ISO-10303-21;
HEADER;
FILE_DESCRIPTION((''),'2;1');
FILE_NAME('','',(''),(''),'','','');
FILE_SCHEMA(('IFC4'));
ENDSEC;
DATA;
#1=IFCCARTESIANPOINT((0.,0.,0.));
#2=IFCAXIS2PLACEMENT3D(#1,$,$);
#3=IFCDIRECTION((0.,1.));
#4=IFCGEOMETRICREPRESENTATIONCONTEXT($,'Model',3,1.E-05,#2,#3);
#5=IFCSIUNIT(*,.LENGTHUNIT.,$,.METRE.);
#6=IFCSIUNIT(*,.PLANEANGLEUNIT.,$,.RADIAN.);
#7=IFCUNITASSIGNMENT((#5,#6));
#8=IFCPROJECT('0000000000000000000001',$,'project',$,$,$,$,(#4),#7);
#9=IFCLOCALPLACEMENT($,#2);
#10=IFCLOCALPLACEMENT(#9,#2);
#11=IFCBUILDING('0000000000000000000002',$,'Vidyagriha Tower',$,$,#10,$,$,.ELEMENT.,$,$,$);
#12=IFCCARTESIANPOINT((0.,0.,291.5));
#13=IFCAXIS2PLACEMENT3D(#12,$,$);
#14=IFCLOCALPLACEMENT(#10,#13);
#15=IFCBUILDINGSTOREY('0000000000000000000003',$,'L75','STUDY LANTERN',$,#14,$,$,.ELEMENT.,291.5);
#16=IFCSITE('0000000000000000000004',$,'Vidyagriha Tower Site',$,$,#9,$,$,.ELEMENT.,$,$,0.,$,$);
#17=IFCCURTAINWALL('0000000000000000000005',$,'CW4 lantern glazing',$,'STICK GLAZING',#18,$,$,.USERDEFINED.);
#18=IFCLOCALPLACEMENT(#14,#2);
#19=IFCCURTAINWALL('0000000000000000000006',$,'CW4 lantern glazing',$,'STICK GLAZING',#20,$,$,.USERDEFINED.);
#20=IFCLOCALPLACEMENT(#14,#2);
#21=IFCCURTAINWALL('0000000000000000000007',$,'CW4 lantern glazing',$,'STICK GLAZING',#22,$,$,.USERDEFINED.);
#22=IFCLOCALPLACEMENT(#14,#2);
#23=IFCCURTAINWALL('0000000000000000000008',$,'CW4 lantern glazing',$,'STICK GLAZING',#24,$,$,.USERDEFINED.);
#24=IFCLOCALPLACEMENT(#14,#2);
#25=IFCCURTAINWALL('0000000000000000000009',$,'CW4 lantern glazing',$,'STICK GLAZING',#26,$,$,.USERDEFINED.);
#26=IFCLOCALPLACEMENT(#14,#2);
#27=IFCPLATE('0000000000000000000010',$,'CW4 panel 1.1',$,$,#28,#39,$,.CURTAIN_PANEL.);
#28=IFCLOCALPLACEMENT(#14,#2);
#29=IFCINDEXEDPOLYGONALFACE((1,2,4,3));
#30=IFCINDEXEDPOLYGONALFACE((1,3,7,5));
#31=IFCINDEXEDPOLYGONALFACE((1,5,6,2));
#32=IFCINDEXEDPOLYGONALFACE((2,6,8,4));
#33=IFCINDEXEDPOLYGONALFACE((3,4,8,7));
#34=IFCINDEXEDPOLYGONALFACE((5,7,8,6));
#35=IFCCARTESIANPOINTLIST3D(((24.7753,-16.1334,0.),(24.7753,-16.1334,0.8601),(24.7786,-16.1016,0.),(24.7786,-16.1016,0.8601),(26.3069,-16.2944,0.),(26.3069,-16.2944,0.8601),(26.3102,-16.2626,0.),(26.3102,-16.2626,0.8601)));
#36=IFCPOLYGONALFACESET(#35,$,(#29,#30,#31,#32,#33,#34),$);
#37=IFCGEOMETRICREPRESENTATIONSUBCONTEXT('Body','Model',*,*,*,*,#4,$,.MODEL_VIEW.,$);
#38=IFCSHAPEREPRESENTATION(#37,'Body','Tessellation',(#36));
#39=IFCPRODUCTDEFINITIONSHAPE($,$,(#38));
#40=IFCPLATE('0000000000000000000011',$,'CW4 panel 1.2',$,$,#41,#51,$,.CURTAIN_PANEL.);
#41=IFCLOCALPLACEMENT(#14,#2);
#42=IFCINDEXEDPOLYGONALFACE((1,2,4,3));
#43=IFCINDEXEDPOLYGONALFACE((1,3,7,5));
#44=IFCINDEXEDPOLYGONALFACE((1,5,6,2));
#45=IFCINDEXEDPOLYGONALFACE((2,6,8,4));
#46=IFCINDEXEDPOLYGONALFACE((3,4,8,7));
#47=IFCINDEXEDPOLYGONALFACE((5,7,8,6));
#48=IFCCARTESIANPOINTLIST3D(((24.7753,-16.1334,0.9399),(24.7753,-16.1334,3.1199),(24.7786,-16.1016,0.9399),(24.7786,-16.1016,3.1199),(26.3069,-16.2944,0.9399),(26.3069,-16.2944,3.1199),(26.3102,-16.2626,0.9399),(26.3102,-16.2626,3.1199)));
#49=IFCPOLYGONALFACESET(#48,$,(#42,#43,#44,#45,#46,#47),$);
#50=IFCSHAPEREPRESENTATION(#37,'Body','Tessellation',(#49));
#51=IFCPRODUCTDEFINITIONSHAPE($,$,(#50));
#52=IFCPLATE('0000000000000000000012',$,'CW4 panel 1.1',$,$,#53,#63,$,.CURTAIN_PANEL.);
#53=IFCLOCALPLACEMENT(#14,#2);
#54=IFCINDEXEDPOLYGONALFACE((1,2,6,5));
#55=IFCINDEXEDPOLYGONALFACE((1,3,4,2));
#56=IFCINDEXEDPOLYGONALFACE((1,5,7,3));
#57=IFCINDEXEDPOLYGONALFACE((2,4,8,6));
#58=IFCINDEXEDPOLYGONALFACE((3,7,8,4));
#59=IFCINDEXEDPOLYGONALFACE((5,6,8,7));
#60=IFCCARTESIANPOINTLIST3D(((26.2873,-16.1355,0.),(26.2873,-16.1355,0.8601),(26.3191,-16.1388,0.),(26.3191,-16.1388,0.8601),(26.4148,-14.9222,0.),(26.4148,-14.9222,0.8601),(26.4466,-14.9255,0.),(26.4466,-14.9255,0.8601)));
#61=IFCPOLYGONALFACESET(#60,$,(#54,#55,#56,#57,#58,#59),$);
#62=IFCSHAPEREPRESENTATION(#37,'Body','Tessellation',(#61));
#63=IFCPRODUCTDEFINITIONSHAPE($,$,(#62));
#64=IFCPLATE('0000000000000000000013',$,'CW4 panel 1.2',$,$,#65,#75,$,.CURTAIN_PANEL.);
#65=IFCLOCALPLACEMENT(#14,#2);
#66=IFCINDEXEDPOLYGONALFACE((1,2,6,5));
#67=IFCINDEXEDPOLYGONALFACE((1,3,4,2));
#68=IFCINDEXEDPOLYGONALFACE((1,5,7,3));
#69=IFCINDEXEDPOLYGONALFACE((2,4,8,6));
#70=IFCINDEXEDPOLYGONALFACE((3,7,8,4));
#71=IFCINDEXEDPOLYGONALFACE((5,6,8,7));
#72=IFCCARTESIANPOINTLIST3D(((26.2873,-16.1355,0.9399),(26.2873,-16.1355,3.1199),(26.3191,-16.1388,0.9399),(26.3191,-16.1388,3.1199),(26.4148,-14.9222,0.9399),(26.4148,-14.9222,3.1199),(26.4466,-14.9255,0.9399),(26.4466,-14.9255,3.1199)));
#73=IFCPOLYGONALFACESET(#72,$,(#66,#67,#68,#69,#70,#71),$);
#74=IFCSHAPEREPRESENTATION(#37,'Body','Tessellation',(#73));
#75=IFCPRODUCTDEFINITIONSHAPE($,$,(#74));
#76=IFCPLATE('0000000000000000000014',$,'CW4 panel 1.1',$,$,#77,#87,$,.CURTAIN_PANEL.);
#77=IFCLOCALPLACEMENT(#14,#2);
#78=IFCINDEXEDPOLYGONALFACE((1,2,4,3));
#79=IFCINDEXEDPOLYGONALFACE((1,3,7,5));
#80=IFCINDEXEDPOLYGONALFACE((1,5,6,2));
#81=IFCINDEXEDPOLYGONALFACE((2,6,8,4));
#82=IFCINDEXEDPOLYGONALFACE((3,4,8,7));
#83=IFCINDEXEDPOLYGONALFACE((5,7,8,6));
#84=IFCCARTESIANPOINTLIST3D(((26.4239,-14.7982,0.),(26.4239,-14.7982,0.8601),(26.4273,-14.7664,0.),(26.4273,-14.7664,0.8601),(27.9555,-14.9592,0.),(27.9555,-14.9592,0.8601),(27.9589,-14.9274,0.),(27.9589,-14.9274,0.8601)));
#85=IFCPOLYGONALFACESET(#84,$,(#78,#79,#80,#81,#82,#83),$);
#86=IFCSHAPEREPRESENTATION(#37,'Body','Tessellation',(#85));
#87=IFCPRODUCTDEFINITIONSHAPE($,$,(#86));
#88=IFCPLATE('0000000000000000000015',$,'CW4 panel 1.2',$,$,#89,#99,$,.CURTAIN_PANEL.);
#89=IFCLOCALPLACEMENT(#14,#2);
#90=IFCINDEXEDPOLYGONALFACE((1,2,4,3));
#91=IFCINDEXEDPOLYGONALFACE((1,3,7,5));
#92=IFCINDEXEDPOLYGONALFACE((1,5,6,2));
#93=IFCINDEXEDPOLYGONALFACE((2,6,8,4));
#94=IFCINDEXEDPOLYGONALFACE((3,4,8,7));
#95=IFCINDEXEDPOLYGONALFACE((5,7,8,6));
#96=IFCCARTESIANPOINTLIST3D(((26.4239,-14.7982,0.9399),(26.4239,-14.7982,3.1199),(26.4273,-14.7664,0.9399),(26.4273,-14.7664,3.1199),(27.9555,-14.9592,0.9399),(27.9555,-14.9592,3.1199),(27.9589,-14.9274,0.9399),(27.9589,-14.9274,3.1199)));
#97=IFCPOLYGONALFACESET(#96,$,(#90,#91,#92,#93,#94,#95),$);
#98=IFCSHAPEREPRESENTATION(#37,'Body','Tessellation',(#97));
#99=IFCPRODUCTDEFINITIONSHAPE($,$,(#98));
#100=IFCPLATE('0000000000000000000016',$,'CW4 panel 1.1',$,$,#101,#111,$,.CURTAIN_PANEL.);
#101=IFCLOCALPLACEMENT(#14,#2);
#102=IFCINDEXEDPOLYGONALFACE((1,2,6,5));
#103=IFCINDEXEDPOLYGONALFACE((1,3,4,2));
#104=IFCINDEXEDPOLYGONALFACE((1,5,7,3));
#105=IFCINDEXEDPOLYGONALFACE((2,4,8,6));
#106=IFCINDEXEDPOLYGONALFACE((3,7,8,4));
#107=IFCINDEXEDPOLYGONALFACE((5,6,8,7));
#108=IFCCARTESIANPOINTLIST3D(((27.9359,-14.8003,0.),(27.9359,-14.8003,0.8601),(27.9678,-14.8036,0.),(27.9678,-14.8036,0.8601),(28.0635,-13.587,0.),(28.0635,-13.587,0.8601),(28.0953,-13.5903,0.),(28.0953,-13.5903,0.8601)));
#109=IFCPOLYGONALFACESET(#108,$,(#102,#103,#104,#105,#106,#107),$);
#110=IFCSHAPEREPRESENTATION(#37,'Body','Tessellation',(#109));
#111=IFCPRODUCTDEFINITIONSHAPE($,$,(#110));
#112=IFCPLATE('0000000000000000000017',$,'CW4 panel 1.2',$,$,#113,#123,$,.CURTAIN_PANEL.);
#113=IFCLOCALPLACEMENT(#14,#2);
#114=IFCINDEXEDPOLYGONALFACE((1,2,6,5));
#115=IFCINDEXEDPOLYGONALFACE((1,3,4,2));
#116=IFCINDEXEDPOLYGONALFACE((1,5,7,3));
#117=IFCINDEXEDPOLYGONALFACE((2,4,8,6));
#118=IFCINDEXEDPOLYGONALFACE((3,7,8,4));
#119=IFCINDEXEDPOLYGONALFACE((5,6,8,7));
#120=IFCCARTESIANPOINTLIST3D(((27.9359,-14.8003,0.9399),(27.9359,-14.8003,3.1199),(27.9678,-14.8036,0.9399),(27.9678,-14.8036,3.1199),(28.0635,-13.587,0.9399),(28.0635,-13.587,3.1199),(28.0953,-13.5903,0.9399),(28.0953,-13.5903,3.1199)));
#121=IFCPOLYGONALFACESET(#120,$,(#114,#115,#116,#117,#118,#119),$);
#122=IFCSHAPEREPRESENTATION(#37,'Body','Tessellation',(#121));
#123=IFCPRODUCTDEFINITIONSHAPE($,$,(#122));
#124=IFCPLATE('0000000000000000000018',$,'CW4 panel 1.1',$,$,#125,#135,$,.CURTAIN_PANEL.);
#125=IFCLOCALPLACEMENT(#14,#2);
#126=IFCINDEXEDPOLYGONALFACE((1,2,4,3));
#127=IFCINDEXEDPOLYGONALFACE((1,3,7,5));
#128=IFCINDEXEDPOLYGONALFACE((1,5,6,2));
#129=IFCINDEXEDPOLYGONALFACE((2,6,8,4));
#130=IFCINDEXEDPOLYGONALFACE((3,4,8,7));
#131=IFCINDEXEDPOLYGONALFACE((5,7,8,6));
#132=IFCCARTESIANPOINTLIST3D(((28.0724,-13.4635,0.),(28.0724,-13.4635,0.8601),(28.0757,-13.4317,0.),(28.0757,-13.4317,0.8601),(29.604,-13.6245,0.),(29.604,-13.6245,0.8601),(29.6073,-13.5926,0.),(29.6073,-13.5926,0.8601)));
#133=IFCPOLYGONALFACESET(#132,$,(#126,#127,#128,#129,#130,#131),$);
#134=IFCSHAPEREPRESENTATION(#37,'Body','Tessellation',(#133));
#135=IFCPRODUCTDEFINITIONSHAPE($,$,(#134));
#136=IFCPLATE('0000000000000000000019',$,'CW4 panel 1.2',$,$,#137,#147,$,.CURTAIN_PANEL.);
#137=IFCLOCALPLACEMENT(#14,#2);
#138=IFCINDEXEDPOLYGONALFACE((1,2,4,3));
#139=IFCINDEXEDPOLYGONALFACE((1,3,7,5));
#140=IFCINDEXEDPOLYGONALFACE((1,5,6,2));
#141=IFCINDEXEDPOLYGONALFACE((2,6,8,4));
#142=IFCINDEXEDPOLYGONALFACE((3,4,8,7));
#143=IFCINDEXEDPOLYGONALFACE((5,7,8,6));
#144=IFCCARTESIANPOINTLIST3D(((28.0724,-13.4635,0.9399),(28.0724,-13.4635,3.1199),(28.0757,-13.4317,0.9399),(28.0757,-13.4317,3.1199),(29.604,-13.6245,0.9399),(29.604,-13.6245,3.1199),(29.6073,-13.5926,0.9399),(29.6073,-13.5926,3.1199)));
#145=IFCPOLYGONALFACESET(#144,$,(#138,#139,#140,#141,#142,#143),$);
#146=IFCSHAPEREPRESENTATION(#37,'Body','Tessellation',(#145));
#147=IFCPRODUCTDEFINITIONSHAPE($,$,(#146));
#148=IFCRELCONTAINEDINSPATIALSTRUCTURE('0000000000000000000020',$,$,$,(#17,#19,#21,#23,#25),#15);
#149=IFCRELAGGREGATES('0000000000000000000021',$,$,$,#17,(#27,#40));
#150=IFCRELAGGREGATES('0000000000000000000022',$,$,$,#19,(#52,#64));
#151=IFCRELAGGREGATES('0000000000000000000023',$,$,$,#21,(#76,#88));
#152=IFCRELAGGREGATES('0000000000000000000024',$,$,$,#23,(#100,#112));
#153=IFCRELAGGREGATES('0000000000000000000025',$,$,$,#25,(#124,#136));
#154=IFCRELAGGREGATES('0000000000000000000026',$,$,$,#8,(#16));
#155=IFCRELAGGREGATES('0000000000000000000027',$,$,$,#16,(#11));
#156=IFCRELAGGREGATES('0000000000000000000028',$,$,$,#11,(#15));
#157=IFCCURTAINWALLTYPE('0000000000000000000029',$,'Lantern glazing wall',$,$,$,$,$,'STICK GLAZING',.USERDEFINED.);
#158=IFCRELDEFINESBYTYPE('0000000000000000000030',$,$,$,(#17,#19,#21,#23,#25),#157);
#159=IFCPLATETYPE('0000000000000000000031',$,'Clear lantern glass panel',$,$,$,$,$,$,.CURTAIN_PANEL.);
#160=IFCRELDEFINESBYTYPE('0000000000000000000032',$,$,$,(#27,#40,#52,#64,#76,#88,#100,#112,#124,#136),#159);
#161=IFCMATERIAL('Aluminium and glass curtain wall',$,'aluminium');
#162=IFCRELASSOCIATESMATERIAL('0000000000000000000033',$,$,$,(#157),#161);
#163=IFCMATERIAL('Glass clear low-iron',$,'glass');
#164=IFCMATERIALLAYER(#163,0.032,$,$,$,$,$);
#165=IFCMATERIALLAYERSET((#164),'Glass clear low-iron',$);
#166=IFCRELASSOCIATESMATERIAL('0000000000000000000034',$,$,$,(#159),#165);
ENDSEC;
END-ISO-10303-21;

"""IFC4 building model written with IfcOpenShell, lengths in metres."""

from ifc_helpers import new_model, si_unit, direction, frame, origin, origin_2d, place, context, subcontext, project, spatial, rectangle, extrude, material, layer, layer_set, type_object, element, aggregate, save


model = new_model("IFC4")

# Units and contexts
model_context = context("Model", 3, precision=1e-05, world=origin(), true_north=direction((0.0, 1.0)))
body_context = subcontext(model_context, "Body", "Model", "MODEL_VIEW")
ifc_project = project(units=[si_unit("LENGTHUNIT", "METRE"), si_unit("PLANEANGLEUNIT", "RADIAN")], contexts=[model_context])

# Site, building, storey
site_placement = place(None, origin())
site = spatial("IfcSite", under=ifc_project, at=site_placement, Name="Vidyagriha Tower Site", CompositionType="ELEMENT", RefElevation=0.0)
building_placement = place(site_placement, origin())
building = spatial("IfcBuilding", under=site, at=building_placement, Name="Vidyagriha Tower", CompositionType="ELEMENT")
storey_placement = place(building_placement, frame((0.0, 0.0, 291.5)))
storey = spatial("IfcBuildingStorey", under=building, at=storey_placement, Name="L75", Description="STUDY LANTERN", CompositionType="ELEMENT", Elevation=291.5)

# Curtain wall
ifc_material_1 = material(Name="Aluminium and glass curtain wall", Category="aluminium")
curtain_wall_type = type_object("IfcCurtainWallType", Name="Lantern glazing wall", ElementType="STICK GLAZING", PredefinedType="USERDEFINED", material=ifc_material_1)
curtain_wall_1_placement = place(storey_placement, origin())
curtain_wall_1 = element("IfcCurtainWall", 1, at=curtain_wall_1_placement, inside=storey, type_object=curtain_wall_type, Name="CW4 lantern glazing", ObjectType="STICK GLAZING", PredefinedType="USERDEFINED")

# Curtain walls
curtain_wall_2_placement = place(storey_placement, origin())
curtain_wall_2 = element("IfcCurtainWall", 2, at=curtain_wall_2_placement, inside=storey, type_object=curtain_wall_type, Name="CW4 lantern glazing", ObjectType="STICK GLAZING", PredefinedType="USERDEFINED")
curtain_wall_3_placement = place(storey_placement, origin())
curtain_wall_3 = element("IfcCurtainWall", 3, at=curtain_wall_3_placement, inside=storey, type_object=curtain_wall_type, Name="CW4 lantern glazing", ObjectType="STICK GLAZING", PredefinedType="USERDEFINED")
curtain_wall_4_placement = place(storey_placement, origin())
curtain_wall_4 = element("IfcCurtainWall", 4, at=curtain_wall_4_placement, inside=storey, type_object=curtain_wall_type, Name="CW4 lantern glazing", ObjectType="STICK GLAZING", PredefinedType="USERDEFINED")

# Curtain wall
curtain_wall_5_placement = place(storey_placement, origin())
curtain_wall_5 = element("IfcCurtainWall", 5, at=curtain_wall_5_placement, inside=storey, type_object=curtain_wall_type, Name="CW4 lantern glazing", ObjectType="STICK GLAZING", PredefinedType="USERDEFINED")

# Plates
ifc_material_2 = material(Name="Glass clear low-iron", Category="glass")
ifc_layer = layer(ifc_material_2, 0.032)
ifc_layer_set = layer_set([ifc_layer], Name="Glass clear low-iron")
plate_type = type_object("IfcPlateType", Name="Clear lantern glass panel", PredefinedType="CURTAIN_PANEL", material=ifc_layer_set)
plate_1_placement = place(storey_placement, frame((25.5427, -16.198, 0.0), z_axis=(0.0, 0.0, 1.0), x_axis=(0.994523, -0.104519, 0.0)))
plate_1 = element("IfcPlate", 6, at=plate_1_placement, type_object=plate_type, Name="CW4 panel 1.1", PredefinedType="CURTAIN_PANEL", context=body_context, shape_type="SweptSolid", body=[
    extrude(rectangle(XDim=1.54, YDim=0.032, at=origin_2d()), origin(), (0.0, 0.0, 1.0), 0.8601),
])
plate_2_placement = place(storey_placement, frame((25.5427, -16.198, 0.9399), z_axis=(0.0, 0.0, 1.0), x_axis=(0.994523, -0.104519, 0.0)))
plate_2 = element("IfcPlate", 7, at=plate_2_placement, type_object=plate_type, Name="CW4 panel 1.2", PredefinedType="CURTAIN_PANEL", context=body_context, shape_type="SweptSolid", body=[
    extrude(rectangle(XDim=1.54, YDim=0.032, at=origin_2d()), origin(), (0.0, 0.0, 1.0), 2.1799),
])
aggregate(curtain_wall_1, [plate_1, plate_2])
plate_3_placement = place(storey_placement, frame((26.3669, -15.5305, 0.0), z_axis=(0.0, 0.0, 1.0), x_axis=(0.104549, 0.99452, 0.0)))
plate_3 = element("IfcPlate", 8, at=plate_3_placement, type_object=plate_type, Name="CW4 panel 1.1", PredefinedType="CURTAIN_PANEL", context=body_context, shape_type="SweptSolid", body=[
    extrude(rectangle(XDim=1.22, YDim=0.032, at=origin_2d()), origin(), (0.0, 0.0, 1.0), 0.8601),
])
plate_4_placement = place(storey_placement, frame((26.3669, -15.5305, 0.9399), z_axis=(0.0, 0.0, 1.0), x_axis=(0.104549, 0.99452, 0.0)))
plate_4 = element("IfcPlate", 9, at=plate_4_placement, type_object=plate_type, Name="CW4 panel 1.2", PredefinedType="CURTAIN_PANEL", context=body_context, shape_type="SweptSolid", body=[
    extrude(rectangle(XDim=1.22, YDim=0.032, at=origin_2d()), origin(), (0.0, 0.0, 1.0), 2.1799),
])
aggregate(curtain_wall_2, [plate_3, plate_4])
plate_5_placement = place(storey_placement, frame((27.1914, -14.8628, 0.0), z_axis=(0.0, 0.0, 1.0), x_axis=(0.994523, -0.104519, 0.0)))
plate_5 = element("IfcPlate", 10, at=plate_5_placement, type_object=plate_type, Name="CW4 panel 1.1", PredefinedType="CURTAIN_PANEL", context=body_context, shape_type="SweptSolid", body=[
    extrude(rectangle(XDim=1.54, YDim=0.032, at=origin_2d()), origin(), (0.0, 0.0, 1.0), 0.8601),
])
plate_6_placement = place(storey_placement, frame((27.1914, -14.8628, 0.9399), z_axis=(0.0, 0.0, 1.0), x_axis=(0.994523, -0.104519, 0.0)))
plate_6 = element("IfcPlate", 11, at=plate_6_placement, type_object=plate_type, Name="CW4 panel 1.2", PredefinedType="CURTAIN_PANEL", context=body_context, shape_type="SweptSolid", body=[
    extrude(rectangle(XDim=1.54, YDim=0.032, at=origin_2d()), origin(), (0.0, 0.0, 1.0), 2.1799),
])
aggregate(curtain_wall_3, [plate_5, plate_6])
plate_7_placement = place(storey_placement, frame((28.0156, -14.1953, 0.0), z_axis=(0.0, 0.0, 1.0), x_axis=(0.104549, 0.99452, 0.0)))
plate_7 = element("IfcPlate", 12, at=plate_7_placement, type_object=plate_type, Name="CW4 panel 1.1", PredefinedType="CURTAIN_PANEL", context=body_context, shape_type="SweptSolid", body=[
    extrude(rectangle(XDim=1.22, YDim=0.032, at=origin_2d()), origin(), (0.0, 0.0, 1.0), 0.8601),
])
plate_8_placement = place(storey_placement, frame((28.0156, -14.1953, 0.9399), z_axis=(0.0, 0.0, 1.0), x_axis=(0.104549, 0.99452, 0.0)))
plate_8 = element("IfcPlate", 13, at=plate_8_placement, type_object=plate_type, Name="CW4 panel 1.2", PredefinedType="CURTAIN_PANEL", context=body_context, shape_type="SweptSolid", body=[
    extrude(rectangle(XDim=1.22, YDim=0.032, at=origin_2d()), origin(), (0.0, 0.0, 1.0), 2.1799),
])
aggregate(curtain_wall_4, [plate_7, plate_8])
plate_9_placement = place(storey_placement, frame((28.8398, -13.5281, 0.0), z_axis=(0.0, 0.0, 1.0), x_axis=(0.994524, -0.104512, 0.0)))
plate_9 = element("IfcPlate", 14, at=plate_9_placement, type_object=plate_type, Name="CW4 panel 1.1", PredefinedType="CURTAIN_PANEL", context=body_context, shape_type="SweptSolid", body=[
    extrude(rectangle(XDim=1.54, YDim=0.032, at=origin_2d()), origin(), (0.0, 0.0, 1.0), 0.8601),
])
plate_10_placement = place(storey_placement, frame((28.8398, -13.5281, 0.9399), z_axis=(0.0, 0.0, 1.0), x_axis=(0.994524, -0.104512, 0.0)))
plate_10 = element("IfcPlate", 15, at=plate_10_placement, type_object=plate_type, Name="CW4 panel 1.2", PredefinedType="CURTAIN_PANEL", context=body_context, shape_type="SweptSolid", body=[
    extrude(rectangle(XDim=1.54, YDim=0.032, at=origin_2d()), origin(), (0.0, 0.0, 1.0), 2.1799),
])
aggregate(curtain_wall_5, [plate_9, plate_10])

save(model, "model.ifc")
